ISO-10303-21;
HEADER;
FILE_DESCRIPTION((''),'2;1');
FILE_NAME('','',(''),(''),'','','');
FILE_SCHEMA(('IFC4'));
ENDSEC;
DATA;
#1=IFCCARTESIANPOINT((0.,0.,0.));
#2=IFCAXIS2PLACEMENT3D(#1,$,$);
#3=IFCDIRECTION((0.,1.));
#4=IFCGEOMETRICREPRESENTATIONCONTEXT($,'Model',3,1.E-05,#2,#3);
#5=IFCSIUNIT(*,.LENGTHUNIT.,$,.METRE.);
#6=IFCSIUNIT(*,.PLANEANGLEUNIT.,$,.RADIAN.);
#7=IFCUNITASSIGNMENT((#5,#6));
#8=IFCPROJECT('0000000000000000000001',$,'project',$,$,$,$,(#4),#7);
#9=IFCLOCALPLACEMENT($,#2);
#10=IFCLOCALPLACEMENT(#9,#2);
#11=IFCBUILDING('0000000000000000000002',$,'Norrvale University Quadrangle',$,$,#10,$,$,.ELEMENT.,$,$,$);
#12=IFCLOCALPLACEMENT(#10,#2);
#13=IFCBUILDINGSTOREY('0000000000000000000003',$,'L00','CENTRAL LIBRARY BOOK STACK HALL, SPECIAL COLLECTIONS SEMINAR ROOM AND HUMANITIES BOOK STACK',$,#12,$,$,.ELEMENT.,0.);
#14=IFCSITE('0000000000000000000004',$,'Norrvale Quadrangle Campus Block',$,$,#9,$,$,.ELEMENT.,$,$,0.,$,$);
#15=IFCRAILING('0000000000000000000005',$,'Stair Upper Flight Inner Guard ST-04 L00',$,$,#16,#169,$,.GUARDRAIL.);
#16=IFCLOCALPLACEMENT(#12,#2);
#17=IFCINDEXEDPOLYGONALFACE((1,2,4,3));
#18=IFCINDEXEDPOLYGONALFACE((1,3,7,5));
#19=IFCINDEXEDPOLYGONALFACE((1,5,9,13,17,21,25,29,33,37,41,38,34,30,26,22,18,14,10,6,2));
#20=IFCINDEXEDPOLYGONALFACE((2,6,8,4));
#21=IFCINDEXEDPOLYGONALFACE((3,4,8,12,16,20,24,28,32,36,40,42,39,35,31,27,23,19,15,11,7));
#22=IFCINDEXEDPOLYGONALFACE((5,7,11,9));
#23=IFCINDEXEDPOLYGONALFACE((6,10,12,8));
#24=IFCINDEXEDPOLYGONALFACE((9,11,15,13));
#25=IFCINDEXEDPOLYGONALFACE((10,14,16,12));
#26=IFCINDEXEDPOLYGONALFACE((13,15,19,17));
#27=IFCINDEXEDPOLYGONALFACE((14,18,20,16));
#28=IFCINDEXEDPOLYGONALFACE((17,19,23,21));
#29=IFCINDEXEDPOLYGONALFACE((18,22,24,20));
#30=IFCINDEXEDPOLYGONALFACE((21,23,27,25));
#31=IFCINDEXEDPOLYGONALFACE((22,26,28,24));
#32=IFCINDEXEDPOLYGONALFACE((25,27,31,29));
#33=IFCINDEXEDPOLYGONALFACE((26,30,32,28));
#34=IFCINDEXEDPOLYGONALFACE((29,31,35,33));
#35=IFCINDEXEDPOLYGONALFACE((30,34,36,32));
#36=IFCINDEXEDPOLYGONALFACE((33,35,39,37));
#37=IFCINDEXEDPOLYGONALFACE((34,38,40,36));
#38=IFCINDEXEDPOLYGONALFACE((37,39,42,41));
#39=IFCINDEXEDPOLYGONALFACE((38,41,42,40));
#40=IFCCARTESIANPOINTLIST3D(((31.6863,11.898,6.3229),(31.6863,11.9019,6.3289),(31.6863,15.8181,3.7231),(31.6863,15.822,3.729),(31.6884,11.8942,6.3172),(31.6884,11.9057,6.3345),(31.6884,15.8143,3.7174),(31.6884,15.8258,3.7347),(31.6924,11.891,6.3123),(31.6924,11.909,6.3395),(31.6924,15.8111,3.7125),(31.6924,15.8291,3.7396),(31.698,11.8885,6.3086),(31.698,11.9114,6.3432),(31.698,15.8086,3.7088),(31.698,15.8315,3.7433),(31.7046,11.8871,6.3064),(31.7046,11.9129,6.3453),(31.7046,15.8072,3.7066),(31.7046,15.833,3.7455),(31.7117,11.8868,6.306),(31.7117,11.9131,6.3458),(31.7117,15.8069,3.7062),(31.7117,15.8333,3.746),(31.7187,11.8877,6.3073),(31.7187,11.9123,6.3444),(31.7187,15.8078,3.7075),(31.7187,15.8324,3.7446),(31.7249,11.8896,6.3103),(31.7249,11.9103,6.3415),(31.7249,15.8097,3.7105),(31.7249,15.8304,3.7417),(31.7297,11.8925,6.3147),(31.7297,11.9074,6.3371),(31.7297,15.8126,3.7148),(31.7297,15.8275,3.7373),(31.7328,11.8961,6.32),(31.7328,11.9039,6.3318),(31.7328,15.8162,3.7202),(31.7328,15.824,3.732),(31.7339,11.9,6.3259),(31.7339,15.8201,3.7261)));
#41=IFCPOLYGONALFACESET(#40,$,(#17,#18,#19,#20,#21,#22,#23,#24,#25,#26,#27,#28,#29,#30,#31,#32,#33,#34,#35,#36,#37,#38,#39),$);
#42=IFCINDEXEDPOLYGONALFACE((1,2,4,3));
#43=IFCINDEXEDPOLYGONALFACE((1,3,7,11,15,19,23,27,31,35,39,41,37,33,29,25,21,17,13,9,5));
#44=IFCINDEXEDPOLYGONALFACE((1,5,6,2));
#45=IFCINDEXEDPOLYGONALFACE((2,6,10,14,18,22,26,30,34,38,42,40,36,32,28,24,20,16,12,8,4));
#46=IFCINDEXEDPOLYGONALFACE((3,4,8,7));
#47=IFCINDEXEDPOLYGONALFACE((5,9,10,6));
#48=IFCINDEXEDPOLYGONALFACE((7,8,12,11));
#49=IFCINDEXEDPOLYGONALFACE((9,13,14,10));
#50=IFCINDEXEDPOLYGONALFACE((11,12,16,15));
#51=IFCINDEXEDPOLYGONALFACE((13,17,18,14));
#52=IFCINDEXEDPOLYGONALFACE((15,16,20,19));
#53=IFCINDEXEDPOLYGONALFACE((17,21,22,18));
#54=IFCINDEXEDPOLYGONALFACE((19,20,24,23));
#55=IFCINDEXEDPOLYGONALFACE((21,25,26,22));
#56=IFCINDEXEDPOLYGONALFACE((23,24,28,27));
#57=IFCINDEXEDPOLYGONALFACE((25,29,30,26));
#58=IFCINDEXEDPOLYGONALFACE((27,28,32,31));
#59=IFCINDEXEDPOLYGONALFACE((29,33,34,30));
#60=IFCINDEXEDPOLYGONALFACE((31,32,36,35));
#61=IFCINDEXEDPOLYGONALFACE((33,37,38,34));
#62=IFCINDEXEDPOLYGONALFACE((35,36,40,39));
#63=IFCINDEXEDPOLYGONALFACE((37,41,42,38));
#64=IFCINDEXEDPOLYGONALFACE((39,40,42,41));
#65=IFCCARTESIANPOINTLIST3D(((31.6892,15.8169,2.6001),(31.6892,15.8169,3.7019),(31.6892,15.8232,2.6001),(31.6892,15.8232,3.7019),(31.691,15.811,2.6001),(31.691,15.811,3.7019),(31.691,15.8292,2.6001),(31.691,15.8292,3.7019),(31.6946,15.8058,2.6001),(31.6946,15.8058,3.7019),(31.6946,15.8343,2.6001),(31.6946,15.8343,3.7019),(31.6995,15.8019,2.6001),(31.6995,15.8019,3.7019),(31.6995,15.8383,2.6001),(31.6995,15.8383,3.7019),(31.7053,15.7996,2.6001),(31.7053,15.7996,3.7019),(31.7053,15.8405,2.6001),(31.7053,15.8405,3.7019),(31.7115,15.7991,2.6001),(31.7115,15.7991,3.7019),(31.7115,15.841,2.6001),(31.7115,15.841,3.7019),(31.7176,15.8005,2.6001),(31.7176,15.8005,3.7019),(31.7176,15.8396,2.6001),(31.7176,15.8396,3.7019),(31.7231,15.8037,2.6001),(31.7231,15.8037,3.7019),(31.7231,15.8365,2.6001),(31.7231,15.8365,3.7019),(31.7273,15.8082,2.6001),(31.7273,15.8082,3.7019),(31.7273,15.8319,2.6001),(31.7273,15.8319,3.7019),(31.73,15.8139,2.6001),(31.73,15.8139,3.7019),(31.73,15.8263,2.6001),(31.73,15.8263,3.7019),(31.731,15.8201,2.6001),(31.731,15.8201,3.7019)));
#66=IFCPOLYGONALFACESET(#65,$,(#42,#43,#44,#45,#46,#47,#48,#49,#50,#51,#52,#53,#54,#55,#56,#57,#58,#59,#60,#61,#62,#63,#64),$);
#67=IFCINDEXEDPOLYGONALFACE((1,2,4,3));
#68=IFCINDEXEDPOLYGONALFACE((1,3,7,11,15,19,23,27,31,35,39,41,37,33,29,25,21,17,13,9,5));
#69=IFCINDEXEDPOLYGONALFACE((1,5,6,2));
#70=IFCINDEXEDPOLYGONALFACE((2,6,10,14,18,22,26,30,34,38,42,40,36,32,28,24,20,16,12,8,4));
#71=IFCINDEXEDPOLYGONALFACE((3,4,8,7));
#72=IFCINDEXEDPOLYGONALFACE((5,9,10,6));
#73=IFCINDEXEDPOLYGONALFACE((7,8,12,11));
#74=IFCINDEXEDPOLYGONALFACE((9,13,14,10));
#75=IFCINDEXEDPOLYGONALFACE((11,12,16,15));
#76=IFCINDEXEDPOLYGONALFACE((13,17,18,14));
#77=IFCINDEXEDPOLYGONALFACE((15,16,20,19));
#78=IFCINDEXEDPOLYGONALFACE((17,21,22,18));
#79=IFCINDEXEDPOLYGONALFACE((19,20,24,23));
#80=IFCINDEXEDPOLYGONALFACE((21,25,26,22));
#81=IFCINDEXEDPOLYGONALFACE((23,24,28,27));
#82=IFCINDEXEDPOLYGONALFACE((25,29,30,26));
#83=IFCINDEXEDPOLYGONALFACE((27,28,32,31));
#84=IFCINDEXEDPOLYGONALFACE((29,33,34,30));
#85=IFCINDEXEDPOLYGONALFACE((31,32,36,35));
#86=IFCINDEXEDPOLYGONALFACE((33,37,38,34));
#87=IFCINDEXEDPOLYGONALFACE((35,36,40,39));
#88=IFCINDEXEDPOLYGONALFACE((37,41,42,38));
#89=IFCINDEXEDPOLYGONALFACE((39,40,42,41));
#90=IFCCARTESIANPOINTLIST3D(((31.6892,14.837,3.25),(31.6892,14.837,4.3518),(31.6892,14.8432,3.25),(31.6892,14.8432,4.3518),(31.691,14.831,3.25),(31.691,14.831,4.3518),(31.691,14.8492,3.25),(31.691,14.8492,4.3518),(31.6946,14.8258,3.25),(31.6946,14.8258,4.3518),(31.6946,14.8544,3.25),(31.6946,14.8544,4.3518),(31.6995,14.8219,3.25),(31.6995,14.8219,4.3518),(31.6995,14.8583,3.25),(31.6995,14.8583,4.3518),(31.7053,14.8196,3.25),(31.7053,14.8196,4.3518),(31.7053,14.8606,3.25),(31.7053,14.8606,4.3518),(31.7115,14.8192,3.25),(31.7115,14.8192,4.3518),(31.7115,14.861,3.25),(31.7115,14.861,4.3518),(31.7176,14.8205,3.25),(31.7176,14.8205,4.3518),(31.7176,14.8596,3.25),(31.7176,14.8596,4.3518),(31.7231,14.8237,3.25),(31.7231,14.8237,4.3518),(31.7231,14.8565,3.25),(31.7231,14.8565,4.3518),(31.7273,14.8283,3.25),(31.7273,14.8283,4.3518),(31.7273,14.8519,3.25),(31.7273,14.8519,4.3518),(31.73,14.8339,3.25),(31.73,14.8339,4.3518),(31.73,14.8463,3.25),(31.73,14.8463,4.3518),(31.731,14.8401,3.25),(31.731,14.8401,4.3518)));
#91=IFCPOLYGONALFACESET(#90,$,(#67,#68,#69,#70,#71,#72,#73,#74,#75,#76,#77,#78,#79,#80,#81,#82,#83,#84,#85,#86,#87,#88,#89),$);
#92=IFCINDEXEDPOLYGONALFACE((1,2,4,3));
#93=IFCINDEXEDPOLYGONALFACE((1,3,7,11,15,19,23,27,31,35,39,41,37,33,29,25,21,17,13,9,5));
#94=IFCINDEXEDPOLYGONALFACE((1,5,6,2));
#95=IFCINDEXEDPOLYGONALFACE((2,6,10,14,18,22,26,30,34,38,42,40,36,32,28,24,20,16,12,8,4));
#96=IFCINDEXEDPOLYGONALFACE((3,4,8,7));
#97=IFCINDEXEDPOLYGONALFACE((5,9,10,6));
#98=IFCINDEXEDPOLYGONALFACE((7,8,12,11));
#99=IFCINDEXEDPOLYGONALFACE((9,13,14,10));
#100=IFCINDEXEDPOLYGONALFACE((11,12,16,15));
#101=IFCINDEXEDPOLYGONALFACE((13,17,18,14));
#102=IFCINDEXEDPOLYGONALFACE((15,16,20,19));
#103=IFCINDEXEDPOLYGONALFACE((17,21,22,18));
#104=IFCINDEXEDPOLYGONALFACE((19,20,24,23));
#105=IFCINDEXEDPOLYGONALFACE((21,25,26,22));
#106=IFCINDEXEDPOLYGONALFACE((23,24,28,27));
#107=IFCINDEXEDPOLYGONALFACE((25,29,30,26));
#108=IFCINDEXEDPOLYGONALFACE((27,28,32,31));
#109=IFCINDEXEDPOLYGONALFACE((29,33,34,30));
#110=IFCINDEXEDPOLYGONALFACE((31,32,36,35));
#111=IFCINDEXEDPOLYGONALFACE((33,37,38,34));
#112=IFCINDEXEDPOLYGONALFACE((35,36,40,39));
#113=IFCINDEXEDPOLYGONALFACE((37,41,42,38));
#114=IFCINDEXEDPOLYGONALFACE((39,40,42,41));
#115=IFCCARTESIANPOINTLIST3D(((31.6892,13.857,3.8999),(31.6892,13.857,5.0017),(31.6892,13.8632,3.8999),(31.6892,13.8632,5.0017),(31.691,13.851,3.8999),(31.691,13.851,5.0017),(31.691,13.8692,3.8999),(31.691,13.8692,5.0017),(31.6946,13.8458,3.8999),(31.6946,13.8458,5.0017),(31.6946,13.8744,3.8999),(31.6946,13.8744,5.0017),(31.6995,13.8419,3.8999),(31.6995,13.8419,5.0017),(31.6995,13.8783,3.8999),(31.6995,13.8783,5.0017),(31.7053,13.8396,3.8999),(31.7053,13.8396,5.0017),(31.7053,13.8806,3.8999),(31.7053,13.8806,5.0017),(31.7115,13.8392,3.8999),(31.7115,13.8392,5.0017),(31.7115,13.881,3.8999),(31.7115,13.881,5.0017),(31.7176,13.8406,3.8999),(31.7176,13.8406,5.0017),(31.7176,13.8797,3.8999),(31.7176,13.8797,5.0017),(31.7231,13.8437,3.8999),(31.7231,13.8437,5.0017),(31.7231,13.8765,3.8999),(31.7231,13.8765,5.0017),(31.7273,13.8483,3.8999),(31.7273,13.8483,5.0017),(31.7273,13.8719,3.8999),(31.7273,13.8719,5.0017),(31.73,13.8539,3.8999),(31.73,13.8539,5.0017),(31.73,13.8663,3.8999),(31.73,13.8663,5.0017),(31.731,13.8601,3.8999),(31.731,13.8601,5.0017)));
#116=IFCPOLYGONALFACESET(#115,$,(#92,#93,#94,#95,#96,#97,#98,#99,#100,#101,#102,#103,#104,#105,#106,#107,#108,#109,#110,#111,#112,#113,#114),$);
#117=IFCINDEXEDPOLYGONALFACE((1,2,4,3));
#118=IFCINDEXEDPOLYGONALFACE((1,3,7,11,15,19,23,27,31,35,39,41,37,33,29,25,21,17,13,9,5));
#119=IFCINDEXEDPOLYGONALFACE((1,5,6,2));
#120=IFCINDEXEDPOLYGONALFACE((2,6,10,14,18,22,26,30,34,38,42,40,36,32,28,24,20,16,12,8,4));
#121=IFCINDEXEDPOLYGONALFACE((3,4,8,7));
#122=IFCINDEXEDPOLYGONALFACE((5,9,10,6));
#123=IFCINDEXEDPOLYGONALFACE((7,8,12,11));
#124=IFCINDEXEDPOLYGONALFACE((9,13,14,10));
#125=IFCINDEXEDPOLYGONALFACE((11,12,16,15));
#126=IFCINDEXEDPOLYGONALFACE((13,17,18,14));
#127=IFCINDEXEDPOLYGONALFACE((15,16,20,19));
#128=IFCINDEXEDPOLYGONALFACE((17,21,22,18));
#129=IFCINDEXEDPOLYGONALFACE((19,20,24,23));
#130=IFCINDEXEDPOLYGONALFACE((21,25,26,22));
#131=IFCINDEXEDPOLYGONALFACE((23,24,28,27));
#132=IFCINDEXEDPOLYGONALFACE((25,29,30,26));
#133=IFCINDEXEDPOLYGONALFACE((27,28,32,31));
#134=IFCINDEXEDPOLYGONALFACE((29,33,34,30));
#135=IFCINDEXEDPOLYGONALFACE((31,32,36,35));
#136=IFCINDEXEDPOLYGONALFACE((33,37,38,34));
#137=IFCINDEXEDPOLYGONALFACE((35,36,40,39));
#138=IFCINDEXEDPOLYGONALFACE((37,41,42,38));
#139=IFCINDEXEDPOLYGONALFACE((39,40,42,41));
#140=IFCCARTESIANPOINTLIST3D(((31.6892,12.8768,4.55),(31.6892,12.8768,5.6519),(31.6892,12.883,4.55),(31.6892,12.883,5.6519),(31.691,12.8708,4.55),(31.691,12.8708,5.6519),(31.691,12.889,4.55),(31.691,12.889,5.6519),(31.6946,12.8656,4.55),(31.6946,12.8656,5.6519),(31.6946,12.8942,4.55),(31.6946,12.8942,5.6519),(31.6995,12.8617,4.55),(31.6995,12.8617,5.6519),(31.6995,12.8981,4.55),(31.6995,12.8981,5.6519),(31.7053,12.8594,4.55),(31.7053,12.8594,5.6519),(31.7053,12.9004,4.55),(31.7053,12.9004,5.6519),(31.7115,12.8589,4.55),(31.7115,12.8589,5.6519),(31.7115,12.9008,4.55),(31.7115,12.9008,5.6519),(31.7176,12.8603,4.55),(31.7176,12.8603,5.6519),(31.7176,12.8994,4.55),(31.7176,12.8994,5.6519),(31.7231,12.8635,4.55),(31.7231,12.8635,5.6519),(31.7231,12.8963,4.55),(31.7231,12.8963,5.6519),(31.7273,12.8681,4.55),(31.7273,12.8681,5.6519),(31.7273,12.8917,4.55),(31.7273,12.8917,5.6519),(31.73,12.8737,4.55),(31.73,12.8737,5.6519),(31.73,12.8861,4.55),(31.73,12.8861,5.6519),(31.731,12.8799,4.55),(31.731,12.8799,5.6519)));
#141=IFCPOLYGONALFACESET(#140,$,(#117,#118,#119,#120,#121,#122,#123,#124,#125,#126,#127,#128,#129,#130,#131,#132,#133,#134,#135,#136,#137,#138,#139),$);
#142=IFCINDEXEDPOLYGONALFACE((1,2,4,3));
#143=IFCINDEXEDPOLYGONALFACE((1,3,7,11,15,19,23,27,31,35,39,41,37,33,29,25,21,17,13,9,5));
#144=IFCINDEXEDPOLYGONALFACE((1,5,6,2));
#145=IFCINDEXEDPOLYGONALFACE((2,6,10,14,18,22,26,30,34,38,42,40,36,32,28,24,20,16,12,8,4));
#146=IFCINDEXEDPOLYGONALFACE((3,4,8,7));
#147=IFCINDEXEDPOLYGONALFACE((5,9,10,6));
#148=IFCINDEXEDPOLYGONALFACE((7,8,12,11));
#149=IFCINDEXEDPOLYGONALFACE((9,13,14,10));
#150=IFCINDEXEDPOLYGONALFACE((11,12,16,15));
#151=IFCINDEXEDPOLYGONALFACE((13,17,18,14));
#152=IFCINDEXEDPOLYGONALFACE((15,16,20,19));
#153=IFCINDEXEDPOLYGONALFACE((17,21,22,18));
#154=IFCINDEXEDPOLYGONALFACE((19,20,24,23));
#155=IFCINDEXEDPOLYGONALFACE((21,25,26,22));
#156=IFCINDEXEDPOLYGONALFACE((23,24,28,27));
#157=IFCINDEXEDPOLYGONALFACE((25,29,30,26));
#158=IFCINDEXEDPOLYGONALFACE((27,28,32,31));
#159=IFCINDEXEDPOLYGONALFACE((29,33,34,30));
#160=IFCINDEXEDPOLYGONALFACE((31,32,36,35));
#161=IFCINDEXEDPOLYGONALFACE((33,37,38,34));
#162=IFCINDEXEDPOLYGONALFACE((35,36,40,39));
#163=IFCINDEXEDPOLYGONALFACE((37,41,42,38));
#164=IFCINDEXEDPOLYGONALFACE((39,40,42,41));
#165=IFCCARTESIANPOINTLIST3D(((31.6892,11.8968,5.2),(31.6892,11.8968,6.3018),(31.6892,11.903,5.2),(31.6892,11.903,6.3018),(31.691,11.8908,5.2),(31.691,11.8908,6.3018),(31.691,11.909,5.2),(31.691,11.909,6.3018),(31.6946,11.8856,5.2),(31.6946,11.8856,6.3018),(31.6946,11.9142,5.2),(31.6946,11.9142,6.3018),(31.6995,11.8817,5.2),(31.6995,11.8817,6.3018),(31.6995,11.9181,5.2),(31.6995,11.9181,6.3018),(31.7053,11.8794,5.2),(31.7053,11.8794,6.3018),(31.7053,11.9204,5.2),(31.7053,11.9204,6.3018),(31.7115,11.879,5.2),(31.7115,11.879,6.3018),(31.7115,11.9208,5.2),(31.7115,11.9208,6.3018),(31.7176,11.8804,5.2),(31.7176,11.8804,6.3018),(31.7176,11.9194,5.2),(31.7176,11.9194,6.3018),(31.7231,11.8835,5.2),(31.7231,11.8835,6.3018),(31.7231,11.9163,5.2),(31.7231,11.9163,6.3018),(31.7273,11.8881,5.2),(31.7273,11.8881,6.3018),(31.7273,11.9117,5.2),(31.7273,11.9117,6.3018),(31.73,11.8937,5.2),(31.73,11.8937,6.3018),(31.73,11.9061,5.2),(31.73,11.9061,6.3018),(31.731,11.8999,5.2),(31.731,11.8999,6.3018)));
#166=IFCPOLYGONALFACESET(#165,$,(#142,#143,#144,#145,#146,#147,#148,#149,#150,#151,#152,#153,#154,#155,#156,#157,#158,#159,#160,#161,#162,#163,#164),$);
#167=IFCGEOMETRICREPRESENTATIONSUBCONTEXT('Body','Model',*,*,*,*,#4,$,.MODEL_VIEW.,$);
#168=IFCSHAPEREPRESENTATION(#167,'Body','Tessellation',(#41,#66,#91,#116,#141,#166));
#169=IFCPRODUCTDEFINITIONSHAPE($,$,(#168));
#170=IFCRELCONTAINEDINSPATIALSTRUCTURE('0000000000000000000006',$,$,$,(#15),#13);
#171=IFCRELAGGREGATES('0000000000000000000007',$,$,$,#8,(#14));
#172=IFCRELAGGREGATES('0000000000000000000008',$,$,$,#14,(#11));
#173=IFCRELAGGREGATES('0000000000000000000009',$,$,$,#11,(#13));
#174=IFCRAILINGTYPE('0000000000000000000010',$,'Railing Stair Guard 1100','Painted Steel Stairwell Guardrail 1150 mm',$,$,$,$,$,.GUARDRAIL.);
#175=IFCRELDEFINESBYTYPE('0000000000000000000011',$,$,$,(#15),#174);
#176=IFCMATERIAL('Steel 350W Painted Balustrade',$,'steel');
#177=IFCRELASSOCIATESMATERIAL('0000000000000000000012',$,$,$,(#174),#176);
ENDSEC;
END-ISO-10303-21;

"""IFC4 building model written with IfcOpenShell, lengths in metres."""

from ifc_helpers import new_model, si_unit, direction, frame, origin, origin_2d, place, context, subcontext, project, spatial, circle, extrude, material, type_object, element, save


model = new_model("IFC4")

# Units and contexts
model_context = context("Model", 3, precision=1e-05, world=origin(), true_north=direction((0.0, 1.0)))
body_context = subcontext(model_context, "Body", "Model", "MODEL_VIEW")
ifc_project = project(units=[si_unit("LENGTHUNIT", "METRE"), si_unit("PLANEANGLEUNIT", "RADIAN")], contexts=[model_context])

# Site, building, storey
site_placement = place(None, origin())
site = spatial("IfcSite", under=ifc_project, at=site_placement, Name="Norrvale Quadrangle Campus Block", CompositionType="ELEMENT", RefElevation=0.0)
building_placement = place(site_placement, origin())
building = spatial("IfcBuilding", under=site, at=building_placement, Name="Norrvale University Quadrangle", CompositionType="ELEMENT")
storey_placement = place(building_placement, origin())
storey = spatial("IfcBuildingStorey", under=building, at=storey_placement, Name="L00", Description="CENTRAL LIBRARY BOOK STACK HALL, SPECIAL COLLECTIONS SEMINAR ROOM AND HUMANITIES BOOK STACK", CompositionType="ELEMENT", Elevation=0.0)

# Railing
ifc_material_1 = material(Name="Steel 350W Painted Balustrade", Category="steel")
railing_type_1 = type_object("IfcRailingType", Name="Railing Stair Guard 1100", Description="Painted Steel Stairwell Guardrail 1150 mm", PredefinedType="GUARDRAIL", material=ifc_material_1)
railing_1_placement = place(storey_placement, frame((31.71, 15.8201, 2.6001)))
element("IfcRailing", 1, at=railing_1_placement, inside=storey, type_object=railing_type_1, Name="Stair Upper Flight Inner Guard ST-04 L00", PredefinedType="GUARDRAIL", context=body_context, shape_type="SweptSolid", body=[
    extrude(circle(Radius=0.0239, at=origin_2d()), frame((0.0, 0.0, 1.126), z_axis=(0.0, -0.833381, 0.552698), x_axis=(1.0, 0.0, 0.0)), (0.0, 0.0, 1.0), 4.7039),
    extrude(circle(Radius=0.021, at=origin_2d()), origin(), (0.0, 0.0, 1.0), 1.1018),
    extrude(circle(Radius=0.021, at=origin_2d()), frame((0.0, -0.98, 0.6499)), (0.0, 0.0, 1.0), 1.1018),
    extrude(circle(Radius=0.021, at=origin_2d()), frame((0.0, -1.96, 1.2998)), (0.0, 0.0, 1.0), 1.1018),
    extrude(circle(Radius=0.021, at=origin_2d()), frame((0.0, -2.9402, 1.95)), (0.0, 0.0, 1.0), 1.1018),
    extrude(circle(Radius=0.021, at=origin_2d()), frame((0.0, -3.9202, 2.5999)), (0.0, 0.0, 1.0), 1.1018),
])

save(model, "model.ifc")
